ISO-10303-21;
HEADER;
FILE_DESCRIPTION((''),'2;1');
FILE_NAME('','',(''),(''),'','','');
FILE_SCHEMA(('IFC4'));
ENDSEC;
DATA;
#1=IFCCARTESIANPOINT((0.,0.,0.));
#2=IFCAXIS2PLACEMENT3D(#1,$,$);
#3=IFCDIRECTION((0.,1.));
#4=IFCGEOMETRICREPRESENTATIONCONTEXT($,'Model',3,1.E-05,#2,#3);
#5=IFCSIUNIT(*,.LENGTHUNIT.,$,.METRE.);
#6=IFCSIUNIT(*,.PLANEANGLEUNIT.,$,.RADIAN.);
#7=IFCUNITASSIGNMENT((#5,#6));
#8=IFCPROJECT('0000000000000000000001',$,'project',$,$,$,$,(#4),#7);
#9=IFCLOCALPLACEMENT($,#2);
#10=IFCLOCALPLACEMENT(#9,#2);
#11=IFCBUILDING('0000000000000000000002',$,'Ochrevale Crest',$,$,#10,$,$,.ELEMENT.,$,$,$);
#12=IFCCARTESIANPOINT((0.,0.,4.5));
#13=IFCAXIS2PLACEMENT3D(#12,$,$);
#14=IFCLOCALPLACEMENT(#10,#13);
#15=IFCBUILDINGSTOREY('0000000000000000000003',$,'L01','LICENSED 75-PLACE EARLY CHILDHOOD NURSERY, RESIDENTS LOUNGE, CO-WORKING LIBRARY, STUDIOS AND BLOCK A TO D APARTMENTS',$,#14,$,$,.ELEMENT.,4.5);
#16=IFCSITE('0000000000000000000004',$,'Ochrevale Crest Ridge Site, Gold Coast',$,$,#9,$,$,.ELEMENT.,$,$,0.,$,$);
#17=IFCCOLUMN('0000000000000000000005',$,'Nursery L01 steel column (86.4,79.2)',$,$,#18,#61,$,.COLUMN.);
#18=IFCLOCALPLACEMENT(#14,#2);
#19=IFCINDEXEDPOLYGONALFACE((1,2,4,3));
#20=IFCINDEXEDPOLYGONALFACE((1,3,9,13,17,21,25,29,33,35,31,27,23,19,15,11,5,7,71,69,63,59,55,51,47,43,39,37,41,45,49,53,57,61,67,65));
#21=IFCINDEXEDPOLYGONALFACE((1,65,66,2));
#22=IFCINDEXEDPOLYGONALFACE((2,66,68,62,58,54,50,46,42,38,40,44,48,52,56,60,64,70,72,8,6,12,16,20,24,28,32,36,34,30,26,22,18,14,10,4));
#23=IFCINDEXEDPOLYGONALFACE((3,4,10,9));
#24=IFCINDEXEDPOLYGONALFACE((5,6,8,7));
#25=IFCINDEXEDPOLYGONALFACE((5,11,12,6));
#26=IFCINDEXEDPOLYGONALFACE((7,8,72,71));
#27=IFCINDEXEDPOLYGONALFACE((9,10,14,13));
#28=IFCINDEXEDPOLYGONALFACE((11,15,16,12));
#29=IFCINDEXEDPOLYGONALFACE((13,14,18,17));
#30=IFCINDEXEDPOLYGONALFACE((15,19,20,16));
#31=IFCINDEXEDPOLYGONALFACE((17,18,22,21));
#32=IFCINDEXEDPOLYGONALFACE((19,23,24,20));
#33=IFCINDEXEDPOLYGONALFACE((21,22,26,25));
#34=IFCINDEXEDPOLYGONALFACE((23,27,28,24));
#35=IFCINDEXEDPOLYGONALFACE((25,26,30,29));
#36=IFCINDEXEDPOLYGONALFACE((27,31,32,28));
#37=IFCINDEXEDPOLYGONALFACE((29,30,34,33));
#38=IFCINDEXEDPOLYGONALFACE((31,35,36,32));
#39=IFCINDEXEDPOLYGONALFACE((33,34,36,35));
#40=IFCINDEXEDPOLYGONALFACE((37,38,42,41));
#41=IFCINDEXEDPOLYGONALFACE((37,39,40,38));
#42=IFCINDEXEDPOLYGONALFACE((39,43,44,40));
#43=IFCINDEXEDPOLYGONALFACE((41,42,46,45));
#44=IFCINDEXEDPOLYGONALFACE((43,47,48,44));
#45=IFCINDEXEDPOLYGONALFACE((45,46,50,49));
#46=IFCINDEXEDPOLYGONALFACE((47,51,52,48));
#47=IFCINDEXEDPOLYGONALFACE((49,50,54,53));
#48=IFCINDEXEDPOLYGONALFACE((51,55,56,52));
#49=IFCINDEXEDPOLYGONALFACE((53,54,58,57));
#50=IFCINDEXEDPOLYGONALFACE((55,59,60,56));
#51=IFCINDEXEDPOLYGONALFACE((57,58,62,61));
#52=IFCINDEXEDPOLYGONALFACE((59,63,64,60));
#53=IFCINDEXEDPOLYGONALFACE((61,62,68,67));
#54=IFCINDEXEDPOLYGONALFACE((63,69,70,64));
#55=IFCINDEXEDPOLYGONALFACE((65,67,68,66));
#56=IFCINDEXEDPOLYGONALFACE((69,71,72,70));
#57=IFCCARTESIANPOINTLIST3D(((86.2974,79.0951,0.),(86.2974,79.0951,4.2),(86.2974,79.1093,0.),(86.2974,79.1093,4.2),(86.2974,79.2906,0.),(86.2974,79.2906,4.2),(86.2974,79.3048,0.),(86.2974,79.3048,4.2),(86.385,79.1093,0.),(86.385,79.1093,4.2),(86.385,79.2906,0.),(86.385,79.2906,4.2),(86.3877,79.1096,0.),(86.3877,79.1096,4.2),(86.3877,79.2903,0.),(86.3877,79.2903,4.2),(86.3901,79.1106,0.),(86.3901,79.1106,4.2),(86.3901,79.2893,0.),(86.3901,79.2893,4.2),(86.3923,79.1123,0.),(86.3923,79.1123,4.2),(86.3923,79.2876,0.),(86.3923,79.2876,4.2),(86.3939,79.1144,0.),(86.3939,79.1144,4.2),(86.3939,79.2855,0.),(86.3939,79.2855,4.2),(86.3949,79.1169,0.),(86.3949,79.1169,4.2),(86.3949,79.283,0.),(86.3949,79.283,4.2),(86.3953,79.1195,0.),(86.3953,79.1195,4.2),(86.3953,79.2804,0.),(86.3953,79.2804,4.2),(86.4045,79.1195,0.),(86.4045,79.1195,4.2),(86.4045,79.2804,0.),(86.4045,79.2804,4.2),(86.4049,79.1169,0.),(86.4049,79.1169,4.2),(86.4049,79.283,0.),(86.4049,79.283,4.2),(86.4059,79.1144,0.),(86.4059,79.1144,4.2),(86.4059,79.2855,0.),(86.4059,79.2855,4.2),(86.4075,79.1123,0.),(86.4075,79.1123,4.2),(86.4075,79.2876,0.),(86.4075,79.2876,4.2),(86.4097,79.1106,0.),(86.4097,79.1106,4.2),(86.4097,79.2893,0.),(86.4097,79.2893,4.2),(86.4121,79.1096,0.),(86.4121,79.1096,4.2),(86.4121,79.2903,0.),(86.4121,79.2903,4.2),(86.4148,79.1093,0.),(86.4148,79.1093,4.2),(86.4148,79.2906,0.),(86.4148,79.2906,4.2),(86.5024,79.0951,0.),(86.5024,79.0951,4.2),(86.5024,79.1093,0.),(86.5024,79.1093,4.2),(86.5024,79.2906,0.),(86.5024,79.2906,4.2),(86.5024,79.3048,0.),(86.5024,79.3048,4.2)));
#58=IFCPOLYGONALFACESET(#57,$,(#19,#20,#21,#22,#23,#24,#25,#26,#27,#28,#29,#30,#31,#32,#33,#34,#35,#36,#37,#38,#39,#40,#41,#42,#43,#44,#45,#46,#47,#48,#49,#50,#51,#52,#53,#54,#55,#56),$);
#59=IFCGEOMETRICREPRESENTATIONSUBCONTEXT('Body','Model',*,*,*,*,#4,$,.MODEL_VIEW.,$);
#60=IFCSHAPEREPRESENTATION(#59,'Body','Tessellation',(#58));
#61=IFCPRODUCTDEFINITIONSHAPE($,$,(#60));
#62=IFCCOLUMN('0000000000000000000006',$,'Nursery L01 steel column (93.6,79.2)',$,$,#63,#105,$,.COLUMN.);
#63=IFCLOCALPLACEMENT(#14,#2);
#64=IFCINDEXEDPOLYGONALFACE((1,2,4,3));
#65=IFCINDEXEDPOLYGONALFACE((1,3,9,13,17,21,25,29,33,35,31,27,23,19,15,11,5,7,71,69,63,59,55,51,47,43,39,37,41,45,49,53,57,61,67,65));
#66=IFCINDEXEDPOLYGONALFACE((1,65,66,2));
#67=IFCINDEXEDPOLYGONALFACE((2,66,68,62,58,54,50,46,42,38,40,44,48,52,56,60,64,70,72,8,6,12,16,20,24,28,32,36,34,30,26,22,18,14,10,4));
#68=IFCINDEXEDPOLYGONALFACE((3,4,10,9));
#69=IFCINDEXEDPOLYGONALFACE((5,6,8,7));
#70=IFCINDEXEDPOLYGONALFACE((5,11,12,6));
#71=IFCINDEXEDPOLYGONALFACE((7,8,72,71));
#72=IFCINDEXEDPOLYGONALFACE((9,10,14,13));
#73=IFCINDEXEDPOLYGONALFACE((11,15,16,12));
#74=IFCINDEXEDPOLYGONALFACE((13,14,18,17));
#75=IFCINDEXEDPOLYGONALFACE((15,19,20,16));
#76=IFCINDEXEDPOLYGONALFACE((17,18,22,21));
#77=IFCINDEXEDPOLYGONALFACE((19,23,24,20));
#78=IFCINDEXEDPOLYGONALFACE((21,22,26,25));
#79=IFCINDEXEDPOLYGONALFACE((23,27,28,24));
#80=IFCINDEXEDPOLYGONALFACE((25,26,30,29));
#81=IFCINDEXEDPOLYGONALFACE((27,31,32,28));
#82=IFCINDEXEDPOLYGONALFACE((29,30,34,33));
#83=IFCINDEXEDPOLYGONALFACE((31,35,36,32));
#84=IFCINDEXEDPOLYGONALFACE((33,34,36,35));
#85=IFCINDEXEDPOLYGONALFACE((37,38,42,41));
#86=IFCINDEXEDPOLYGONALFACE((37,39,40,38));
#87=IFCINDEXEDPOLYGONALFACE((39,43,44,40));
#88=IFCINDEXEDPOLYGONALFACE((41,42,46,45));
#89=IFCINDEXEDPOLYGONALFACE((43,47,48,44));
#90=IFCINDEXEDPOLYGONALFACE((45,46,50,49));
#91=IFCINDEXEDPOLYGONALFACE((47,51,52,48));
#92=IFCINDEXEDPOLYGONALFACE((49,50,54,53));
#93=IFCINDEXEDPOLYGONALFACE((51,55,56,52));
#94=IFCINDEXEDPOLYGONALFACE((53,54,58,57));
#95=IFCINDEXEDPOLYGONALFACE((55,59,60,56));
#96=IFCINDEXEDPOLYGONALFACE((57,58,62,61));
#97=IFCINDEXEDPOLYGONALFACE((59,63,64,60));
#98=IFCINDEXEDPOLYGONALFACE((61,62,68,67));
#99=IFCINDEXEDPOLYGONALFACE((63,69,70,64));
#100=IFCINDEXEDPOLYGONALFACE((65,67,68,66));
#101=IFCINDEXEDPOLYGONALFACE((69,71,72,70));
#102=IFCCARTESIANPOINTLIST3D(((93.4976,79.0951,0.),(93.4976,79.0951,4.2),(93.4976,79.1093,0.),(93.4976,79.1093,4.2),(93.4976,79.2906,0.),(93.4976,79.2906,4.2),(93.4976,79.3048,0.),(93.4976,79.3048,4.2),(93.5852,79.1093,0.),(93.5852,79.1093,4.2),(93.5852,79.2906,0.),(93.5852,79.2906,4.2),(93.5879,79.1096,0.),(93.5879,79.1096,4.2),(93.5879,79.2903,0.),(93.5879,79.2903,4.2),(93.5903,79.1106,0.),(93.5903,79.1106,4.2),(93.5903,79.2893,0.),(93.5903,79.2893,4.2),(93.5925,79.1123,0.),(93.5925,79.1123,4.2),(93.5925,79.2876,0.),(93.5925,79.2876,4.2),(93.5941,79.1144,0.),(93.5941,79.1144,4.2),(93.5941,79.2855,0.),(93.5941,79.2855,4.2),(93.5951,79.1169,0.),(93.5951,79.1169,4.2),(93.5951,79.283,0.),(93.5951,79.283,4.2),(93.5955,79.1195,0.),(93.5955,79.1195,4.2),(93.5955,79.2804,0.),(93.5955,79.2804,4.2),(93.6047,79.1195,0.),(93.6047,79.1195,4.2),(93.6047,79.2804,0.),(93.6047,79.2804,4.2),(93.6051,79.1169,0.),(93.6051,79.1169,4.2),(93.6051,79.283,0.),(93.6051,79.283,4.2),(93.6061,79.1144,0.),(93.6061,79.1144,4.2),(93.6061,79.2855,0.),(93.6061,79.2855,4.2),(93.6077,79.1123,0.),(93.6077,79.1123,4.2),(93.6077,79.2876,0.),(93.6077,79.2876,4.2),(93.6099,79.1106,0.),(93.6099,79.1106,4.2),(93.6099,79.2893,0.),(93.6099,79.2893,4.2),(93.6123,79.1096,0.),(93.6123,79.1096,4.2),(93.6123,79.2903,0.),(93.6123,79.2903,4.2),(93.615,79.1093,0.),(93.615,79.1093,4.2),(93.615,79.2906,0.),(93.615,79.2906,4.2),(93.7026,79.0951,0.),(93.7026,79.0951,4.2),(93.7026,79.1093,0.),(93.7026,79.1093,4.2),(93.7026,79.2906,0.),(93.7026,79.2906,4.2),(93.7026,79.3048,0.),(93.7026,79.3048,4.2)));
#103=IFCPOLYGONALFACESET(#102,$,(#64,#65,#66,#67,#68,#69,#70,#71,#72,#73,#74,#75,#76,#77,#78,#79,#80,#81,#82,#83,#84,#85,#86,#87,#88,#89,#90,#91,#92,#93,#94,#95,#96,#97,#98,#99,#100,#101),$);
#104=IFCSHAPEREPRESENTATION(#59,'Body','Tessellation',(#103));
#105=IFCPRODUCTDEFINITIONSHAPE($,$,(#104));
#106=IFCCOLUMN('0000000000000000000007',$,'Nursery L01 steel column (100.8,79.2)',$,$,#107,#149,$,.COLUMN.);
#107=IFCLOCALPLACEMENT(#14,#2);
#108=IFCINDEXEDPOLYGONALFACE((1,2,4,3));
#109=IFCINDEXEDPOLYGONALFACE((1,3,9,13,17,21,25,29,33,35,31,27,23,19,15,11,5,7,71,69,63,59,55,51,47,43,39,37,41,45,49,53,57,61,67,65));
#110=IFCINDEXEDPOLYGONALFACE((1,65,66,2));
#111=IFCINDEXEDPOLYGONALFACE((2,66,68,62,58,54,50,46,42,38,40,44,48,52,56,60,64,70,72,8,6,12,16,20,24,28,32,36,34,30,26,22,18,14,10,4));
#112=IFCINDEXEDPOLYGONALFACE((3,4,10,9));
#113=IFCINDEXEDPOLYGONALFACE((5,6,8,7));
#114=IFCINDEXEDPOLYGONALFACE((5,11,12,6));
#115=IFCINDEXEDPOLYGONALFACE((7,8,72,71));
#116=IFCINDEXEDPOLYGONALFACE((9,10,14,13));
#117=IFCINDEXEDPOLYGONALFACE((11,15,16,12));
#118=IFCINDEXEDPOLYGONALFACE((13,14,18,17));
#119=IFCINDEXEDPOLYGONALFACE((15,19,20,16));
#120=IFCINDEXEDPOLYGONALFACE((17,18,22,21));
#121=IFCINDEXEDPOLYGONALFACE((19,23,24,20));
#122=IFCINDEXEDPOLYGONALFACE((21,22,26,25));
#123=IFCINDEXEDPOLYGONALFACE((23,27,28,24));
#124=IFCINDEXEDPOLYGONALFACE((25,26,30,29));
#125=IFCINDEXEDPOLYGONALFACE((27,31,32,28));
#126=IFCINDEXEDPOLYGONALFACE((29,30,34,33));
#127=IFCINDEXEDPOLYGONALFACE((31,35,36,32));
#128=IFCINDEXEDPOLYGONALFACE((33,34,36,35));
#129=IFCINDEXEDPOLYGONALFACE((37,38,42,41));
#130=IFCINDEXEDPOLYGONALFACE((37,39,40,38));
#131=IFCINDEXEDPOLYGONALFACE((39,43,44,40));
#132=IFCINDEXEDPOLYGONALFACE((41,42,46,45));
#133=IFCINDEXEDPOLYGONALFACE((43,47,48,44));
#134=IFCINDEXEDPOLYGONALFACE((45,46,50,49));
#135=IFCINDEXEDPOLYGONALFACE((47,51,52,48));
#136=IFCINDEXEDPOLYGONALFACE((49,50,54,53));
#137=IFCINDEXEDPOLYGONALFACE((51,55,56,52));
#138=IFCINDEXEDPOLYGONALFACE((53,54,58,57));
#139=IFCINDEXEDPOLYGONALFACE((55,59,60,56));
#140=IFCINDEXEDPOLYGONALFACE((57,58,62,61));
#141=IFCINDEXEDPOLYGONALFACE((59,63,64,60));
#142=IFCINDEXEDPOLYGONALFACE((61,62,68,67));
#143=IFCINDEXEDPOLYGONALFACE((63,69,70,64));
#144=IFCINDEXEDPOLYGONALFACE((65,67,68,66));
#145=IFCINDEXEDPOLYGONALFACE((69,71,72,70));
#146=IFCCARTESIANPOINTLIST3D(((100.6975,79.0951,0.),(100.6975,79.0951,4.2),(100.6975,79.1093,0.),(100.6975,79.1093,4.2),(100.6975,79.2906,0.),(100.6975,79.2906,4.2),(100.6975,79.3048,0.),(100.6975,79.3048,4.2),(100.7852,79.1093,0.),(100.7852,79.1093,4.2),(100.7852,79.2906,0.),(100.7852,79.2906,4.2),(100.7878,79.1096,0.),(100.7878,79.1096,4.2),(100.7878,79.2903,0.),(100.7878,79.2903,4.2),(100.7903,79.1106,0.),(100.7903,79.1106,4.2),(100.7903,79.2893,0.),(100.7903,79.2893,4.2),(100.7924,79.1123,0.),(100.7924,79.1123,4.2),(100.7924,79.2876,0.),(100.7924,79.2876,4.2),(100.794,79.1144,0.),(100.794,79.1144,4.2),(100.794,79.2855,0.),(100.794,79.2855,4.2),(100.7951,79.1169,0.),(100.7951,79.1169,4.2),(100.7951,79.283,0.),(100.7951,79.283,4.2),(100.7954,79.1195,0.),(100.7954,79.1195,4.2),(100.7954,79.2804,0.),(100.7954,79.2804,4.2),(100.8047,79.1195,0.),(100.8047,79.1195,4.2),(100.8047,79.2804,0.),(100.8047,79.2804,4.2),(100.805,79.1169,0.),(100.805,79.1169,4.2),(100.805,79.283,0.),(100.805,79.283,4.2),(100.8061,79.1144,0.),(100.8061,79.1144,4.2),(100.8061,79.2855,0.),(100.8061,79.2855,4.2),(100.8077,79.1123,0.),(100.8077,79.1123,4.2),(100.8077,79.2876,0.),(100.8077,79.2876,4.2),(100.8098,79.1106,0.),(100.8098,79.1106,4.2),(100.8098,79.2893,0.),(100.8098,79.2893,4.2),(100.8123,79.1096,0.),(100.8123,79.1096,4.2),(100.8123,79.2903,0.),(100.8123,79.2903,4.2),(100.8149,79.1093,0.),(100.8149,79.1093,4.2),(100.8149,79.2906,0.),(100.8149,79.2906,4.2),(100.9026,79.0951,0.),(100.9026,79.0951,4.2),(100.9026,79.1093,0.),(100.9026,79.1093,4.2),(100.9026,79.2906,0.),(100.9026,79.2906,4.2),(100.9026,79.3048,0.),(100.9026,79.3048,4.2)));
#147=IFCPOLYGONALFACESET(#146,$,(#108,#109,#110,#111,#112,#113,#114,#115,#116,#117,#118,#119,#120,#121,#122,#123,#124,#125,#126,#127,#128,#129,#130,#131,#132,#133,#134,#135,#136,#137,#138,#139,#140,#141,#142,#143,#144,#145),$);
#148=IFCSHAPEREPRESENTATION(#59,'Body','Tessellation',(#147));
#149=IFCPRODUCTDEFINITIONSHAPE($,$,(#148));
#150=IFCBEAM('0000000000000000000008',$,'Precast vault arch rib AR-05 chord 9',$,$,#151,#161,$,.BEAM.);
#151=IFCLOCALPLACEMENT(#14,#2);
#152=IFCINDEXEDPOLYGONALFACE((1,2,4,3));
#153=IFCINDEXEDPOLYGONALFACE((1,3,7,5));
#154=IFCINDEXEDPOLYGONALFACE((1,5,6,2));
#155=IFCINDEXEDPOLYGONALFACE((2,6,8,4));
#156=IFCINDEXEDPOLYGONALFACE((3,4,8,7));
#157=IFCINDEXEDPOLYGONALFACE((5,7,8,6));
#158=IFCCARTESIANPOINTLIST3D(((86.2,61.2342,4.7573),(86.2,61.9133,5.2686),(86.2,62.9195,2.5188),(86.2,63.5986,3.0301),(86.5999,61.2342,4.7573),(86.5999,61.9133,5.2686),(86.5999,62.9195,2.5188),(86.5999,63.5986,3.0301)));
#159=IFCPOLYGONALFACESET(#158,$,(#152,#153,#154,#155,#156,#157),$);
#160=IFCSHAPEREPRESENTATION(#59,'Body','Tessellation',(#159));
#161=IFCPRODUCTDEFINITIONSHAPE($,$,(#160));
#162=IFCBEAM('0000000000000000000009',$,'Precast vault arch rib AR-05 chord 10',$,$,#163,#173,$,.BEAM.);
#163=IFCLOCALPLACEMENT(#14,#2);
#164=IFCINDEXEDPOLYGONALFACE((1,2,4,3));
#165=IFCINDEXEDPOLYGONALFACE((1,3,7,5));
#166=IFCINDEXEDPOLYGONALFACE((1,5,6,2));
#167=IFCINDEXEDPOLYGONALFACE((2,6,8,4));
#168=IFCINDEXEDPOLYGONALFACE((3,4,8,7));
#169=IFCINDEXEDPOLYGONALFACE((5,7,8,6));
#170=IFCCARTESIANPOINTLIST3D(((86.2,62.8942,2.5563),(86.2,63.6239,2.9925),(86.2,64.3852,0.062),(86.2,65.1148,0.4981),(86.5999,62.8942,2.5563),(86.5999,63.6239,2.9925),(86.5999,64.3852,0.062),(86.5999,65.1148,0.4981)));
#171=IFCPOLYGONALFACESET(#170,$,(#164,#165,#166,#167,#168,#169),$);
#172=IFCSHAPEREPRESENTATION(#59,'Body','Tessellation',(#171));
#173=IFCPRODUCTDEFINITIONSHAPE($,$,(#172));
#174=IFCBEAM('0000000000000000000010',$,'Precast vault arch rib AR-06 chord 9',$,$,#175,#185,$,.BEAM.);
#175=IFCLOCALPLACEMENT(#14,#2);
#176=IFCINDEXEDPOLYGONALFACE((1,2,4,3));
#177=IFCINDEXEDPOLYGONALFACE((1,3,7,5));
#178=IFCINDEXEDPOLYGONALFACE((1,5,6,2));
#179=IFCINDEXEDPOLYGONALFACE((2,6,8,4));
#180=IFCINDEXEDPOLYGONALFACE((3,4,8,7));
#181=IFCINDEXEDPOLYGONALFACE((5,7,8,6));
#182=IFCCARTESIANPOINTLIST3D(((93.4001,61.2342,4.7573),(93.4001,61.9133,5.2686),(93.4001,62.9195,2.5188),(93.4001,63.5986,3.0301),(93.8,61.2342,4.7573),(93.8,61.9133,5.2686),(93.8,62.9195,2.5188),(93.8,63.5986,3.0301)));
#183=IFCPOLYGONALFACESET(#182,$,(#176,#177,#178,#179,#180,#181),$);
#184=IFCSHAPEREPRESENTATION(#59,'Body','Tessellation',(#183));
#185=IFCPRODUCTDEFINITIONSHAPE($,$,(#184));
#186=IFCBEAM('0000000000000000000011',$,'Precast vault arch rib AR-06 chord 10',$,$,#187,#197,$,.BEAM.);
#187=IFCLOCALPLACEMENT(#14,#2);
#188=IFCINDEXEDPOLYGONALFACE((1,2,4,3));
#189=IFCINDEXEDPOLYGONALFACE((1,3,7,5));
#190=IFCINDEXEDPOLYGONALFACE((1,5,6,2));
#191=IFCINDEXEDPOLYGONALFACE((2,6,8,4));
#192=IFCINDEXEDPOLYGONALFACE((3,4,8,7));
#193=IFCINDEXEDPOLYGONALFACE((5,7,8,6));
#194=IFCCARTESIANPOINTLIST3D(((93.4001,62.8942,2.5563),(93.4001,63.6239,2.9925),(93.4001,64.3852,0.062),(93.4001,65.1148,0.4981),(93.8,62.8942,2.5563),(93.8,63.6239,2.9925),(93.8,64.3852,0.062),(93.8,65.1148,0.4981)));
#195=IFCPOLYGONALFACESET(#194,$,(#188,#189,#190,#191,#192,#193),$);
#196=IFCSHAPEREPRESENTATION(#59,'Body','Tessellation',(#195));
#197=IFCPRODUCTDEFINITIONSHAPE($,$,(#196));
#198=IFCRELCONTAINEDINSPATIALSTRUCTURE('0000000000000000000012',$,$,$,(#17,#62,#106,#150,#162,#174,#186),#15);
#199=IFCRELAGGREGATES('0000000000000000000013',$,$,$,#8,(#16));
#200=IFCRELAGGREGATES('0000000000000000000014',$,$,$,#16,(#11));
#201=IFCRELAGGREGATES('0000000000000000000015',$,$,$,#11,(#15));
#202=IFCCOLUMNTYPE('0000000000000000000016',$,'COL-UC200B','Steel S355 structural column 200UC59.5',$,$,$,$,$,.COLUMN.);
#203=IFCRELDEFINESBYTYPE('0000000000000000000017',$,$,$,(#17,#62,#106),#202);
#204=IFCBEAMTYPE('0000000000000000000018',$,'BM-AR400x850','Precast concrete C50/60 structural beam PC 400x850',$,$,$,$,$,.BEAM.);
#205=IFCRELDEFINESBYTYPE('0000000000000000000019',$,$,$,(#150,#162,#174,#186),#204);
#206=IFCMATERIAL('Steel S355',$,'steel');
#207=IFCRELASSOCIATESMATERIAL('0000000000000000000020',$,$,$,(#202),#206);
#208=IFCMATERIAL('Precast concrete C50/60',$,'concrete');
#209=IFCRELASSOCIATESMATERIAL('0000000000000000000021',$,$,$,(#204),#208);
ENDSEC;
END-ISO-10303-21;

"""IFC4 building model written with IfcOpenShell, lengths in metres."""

from ifc_helpers import new_model, si_unit, direction, frame, origin, origin_2d, place, context, subcontext, project, spatial, rectangle, i_section, extrude, material, material_profile, profile_set, type_object, element, save


model = new_model("IFC4")

# Units and contexts
model_context = context("Model", 3, precision=1e-05, world=origin(), true_north=direction((0.0, 1.0)))
body_context = subcontext(model_context, "Body", "Model", "MODEL_VIEW")
ifc_project = project(units=[si_unit("LENGTHUNIT", "METRE"), si_unit("PLANEANGLEUNIT", "RADIAN")], contexts=[model_context])

# Site, building, storey
site_placement = place(None, origin())
site = spatial("IfcSite", under=ifc_project, at=site_placement, Name="Ochrevale Crest Ridge Site, Gold Coast", CompositionType="ELEMENT", RefElevation=0.0)
building_placement = place(site_placement, origin())
building = spatial("IfcBuilding", under=site, at=building_placement, Name="Ochrevale Crest", CompositionType="ELEMENT")
storey_placement = place(building_placement, frame((0.0, 0.0, 4.5)))
storey = spatial("IfcBuildingStorey", under=building, at=storey_placement, Name="L01", Description="LICENSED 75-PLACE EARLY CHILDHOOD NURSERY, RESIDENTS LOUNGE, CO-WORKING LIBRARY, STUDIOS AND BLOCK A TO D APARTMENTS", CompositionType="ELEMENT", Elevation=4.5)

# Columns
ifc_material_1 = material(Name="Steel S355", Category="steel")
ifc_material_profile_1 = material_profile(ifc_material_1, i_section(OverallWidth=0.2051, OverallDepth=0.2097, WebThickness=0.0093, FlangeThickness=0.0142, FilletRadius=0.0103, at=origin_2d()), Name="200UC59.5")
ifc_profile_set_1 = profile_set([ifc_material_profile_1], Name="Steel S355")
column_type = type_object("IfcColumnType", Name="COL-UC200B", Description="Steel S355 structural column 200UC59.5", PredefinedType="COLUMN", material=ifc_profile_set_1)
for number, where, z_axis, x_axis, name in (
    (1, (86.3999, 79.2, 0.0), (0.0, 0.0, 1.0), (1.0, 0.0, 0.0), "Nursery L01 steel column (86.4,79.2)"),
    (2, (93.6001, 79.2, 0.0), (0.0, 0.0, 1.0), (1.0, 0.0, 0.0), "Nursery L01 steel column (93.6,79.2)"),
    (3, (100.8, 79.2, 0.0), (0.0, 0.0, 1.0), (1.0, 0.0, 0.0), "Nursery L01 steel column (100.8,79.2)"),
):
    element("IfcColumn", number, at=place(storey_placement, frame(where, z_axis=z_axis, x_axis=x_axis)), inside=storey, type_object=column_type, Name=name, PredefinedType="COLUMN", context=body_context, shape_type="SweptSolid", body=[
        extrude(i_section(OverallWidth=0.2051, OverallDepth=0.2097, WebThickness=0.0093, FlangeThickness=0.0142, FilletRadius=0.0103, at=origin_2d()), origin(), (0.0, 0.0, 1.0), 4.2),
    ])

# Beams
ifc_material_2 = material(Name="Precast concrete C50/60", Category="concrete")
ifc_material_profile_2 = material_profile(ifc_material_2, rectangle(XDim=0.3999, YDim=0.8501, at=origin_2d()), Name="PC 400x850")
ifc_profile_set_2 = profile_set([ifc_material_profile_2], Name="Precast concrete C50/60")
beam_type_1 = type_object("IfcBeamType", Name="BM-AR400x850", Description="Precast concrete C50/60 structural beam PC 400x850", PredefinedType="BEAM", material=ifc_profile_set_2)
beam_1_placement = place(storey_placement, frame((86.3999, 61.5737, 5.0129), z_axis=(0.0, 0.601463, -0.798901), x_axis=(-1.0, 0.0, 0.0)))
element("IfcBeam", 4, at=beam_1_placement, inside=storey, type_object=beam_type_1, Name="Precast vault arch rib AR-05 chord 9", PredefinedType="BEAM", context=body_context, shape_type="SweptSolid", body=[
    extrude(rectangle(XDim=0.3999, YDim=0.8501, at=origin_2d()), origin(), (0.0, 0.0, 1.0), 2.802),
])
beam_2_placement = place(storey_placement, frame((86.3999, 63.259, 2.7744), z_axis=(0.0, 0.513062, -0.858352), x_axis=(-1.0, 0.0, 0.0)))
element("IfcBeam", 5, at=beam_2_placement, inside=storey, type_object=beam_type_1, Name="Precast vault arch rib AR-05 chord 10", PredefinedType="BEAM", context=body_context, shape_type="SweptSolid", body=[
    extrude(rectangle(XDim=0.3999, YDim=0.8501, at=origin_2d()), origin(), (0.0, 0.0, 1.0), 2.906),
])
beam_3_placement = place(storey_placement, frame((93.6001, 61.5737, 5.0129), z_axis=(0.0, 0.601463, -0.798901), x_axis=(-1.0, 0.0, 0.0)))
element("IfcBeam", 6, at=beam_3_placement, inside=storey, type_object=beam_type_1, Name="Precast vault arch rib AR-06 chord 9", PredefinedType="BEAM", context=body_context, shape_type="SweptSolid", body=[
    extrude(rectangle(XDim=0.3999, YDim=0.8501, at=origin_2d()), origin(), (0.0, 0.0, 1.0), 2.802),
])
beam_4_placement = place(storey_placement, frame((93.6001, 63.259, 2.7744), z_axis=(0.0, 0.513062, -0.858352), x_axis=(-1.0, 0.0, 0.0)))
element("IfcBeam", 7, at=beam_4_placement, inside=storey, type_object=beam_type_1, Name="Precast vault arch rib AR-06 chord 10", PredefinedType="BEAM", context=body_context, shape_type="SweptSolid", body=[
    extrude(rectangle(XDim=0.3999, YDim=0.8501, at=origin_2d()), origin(), (0.0, 0.0, 1.0), 2.906),
])

save(model, "model.ifc")
